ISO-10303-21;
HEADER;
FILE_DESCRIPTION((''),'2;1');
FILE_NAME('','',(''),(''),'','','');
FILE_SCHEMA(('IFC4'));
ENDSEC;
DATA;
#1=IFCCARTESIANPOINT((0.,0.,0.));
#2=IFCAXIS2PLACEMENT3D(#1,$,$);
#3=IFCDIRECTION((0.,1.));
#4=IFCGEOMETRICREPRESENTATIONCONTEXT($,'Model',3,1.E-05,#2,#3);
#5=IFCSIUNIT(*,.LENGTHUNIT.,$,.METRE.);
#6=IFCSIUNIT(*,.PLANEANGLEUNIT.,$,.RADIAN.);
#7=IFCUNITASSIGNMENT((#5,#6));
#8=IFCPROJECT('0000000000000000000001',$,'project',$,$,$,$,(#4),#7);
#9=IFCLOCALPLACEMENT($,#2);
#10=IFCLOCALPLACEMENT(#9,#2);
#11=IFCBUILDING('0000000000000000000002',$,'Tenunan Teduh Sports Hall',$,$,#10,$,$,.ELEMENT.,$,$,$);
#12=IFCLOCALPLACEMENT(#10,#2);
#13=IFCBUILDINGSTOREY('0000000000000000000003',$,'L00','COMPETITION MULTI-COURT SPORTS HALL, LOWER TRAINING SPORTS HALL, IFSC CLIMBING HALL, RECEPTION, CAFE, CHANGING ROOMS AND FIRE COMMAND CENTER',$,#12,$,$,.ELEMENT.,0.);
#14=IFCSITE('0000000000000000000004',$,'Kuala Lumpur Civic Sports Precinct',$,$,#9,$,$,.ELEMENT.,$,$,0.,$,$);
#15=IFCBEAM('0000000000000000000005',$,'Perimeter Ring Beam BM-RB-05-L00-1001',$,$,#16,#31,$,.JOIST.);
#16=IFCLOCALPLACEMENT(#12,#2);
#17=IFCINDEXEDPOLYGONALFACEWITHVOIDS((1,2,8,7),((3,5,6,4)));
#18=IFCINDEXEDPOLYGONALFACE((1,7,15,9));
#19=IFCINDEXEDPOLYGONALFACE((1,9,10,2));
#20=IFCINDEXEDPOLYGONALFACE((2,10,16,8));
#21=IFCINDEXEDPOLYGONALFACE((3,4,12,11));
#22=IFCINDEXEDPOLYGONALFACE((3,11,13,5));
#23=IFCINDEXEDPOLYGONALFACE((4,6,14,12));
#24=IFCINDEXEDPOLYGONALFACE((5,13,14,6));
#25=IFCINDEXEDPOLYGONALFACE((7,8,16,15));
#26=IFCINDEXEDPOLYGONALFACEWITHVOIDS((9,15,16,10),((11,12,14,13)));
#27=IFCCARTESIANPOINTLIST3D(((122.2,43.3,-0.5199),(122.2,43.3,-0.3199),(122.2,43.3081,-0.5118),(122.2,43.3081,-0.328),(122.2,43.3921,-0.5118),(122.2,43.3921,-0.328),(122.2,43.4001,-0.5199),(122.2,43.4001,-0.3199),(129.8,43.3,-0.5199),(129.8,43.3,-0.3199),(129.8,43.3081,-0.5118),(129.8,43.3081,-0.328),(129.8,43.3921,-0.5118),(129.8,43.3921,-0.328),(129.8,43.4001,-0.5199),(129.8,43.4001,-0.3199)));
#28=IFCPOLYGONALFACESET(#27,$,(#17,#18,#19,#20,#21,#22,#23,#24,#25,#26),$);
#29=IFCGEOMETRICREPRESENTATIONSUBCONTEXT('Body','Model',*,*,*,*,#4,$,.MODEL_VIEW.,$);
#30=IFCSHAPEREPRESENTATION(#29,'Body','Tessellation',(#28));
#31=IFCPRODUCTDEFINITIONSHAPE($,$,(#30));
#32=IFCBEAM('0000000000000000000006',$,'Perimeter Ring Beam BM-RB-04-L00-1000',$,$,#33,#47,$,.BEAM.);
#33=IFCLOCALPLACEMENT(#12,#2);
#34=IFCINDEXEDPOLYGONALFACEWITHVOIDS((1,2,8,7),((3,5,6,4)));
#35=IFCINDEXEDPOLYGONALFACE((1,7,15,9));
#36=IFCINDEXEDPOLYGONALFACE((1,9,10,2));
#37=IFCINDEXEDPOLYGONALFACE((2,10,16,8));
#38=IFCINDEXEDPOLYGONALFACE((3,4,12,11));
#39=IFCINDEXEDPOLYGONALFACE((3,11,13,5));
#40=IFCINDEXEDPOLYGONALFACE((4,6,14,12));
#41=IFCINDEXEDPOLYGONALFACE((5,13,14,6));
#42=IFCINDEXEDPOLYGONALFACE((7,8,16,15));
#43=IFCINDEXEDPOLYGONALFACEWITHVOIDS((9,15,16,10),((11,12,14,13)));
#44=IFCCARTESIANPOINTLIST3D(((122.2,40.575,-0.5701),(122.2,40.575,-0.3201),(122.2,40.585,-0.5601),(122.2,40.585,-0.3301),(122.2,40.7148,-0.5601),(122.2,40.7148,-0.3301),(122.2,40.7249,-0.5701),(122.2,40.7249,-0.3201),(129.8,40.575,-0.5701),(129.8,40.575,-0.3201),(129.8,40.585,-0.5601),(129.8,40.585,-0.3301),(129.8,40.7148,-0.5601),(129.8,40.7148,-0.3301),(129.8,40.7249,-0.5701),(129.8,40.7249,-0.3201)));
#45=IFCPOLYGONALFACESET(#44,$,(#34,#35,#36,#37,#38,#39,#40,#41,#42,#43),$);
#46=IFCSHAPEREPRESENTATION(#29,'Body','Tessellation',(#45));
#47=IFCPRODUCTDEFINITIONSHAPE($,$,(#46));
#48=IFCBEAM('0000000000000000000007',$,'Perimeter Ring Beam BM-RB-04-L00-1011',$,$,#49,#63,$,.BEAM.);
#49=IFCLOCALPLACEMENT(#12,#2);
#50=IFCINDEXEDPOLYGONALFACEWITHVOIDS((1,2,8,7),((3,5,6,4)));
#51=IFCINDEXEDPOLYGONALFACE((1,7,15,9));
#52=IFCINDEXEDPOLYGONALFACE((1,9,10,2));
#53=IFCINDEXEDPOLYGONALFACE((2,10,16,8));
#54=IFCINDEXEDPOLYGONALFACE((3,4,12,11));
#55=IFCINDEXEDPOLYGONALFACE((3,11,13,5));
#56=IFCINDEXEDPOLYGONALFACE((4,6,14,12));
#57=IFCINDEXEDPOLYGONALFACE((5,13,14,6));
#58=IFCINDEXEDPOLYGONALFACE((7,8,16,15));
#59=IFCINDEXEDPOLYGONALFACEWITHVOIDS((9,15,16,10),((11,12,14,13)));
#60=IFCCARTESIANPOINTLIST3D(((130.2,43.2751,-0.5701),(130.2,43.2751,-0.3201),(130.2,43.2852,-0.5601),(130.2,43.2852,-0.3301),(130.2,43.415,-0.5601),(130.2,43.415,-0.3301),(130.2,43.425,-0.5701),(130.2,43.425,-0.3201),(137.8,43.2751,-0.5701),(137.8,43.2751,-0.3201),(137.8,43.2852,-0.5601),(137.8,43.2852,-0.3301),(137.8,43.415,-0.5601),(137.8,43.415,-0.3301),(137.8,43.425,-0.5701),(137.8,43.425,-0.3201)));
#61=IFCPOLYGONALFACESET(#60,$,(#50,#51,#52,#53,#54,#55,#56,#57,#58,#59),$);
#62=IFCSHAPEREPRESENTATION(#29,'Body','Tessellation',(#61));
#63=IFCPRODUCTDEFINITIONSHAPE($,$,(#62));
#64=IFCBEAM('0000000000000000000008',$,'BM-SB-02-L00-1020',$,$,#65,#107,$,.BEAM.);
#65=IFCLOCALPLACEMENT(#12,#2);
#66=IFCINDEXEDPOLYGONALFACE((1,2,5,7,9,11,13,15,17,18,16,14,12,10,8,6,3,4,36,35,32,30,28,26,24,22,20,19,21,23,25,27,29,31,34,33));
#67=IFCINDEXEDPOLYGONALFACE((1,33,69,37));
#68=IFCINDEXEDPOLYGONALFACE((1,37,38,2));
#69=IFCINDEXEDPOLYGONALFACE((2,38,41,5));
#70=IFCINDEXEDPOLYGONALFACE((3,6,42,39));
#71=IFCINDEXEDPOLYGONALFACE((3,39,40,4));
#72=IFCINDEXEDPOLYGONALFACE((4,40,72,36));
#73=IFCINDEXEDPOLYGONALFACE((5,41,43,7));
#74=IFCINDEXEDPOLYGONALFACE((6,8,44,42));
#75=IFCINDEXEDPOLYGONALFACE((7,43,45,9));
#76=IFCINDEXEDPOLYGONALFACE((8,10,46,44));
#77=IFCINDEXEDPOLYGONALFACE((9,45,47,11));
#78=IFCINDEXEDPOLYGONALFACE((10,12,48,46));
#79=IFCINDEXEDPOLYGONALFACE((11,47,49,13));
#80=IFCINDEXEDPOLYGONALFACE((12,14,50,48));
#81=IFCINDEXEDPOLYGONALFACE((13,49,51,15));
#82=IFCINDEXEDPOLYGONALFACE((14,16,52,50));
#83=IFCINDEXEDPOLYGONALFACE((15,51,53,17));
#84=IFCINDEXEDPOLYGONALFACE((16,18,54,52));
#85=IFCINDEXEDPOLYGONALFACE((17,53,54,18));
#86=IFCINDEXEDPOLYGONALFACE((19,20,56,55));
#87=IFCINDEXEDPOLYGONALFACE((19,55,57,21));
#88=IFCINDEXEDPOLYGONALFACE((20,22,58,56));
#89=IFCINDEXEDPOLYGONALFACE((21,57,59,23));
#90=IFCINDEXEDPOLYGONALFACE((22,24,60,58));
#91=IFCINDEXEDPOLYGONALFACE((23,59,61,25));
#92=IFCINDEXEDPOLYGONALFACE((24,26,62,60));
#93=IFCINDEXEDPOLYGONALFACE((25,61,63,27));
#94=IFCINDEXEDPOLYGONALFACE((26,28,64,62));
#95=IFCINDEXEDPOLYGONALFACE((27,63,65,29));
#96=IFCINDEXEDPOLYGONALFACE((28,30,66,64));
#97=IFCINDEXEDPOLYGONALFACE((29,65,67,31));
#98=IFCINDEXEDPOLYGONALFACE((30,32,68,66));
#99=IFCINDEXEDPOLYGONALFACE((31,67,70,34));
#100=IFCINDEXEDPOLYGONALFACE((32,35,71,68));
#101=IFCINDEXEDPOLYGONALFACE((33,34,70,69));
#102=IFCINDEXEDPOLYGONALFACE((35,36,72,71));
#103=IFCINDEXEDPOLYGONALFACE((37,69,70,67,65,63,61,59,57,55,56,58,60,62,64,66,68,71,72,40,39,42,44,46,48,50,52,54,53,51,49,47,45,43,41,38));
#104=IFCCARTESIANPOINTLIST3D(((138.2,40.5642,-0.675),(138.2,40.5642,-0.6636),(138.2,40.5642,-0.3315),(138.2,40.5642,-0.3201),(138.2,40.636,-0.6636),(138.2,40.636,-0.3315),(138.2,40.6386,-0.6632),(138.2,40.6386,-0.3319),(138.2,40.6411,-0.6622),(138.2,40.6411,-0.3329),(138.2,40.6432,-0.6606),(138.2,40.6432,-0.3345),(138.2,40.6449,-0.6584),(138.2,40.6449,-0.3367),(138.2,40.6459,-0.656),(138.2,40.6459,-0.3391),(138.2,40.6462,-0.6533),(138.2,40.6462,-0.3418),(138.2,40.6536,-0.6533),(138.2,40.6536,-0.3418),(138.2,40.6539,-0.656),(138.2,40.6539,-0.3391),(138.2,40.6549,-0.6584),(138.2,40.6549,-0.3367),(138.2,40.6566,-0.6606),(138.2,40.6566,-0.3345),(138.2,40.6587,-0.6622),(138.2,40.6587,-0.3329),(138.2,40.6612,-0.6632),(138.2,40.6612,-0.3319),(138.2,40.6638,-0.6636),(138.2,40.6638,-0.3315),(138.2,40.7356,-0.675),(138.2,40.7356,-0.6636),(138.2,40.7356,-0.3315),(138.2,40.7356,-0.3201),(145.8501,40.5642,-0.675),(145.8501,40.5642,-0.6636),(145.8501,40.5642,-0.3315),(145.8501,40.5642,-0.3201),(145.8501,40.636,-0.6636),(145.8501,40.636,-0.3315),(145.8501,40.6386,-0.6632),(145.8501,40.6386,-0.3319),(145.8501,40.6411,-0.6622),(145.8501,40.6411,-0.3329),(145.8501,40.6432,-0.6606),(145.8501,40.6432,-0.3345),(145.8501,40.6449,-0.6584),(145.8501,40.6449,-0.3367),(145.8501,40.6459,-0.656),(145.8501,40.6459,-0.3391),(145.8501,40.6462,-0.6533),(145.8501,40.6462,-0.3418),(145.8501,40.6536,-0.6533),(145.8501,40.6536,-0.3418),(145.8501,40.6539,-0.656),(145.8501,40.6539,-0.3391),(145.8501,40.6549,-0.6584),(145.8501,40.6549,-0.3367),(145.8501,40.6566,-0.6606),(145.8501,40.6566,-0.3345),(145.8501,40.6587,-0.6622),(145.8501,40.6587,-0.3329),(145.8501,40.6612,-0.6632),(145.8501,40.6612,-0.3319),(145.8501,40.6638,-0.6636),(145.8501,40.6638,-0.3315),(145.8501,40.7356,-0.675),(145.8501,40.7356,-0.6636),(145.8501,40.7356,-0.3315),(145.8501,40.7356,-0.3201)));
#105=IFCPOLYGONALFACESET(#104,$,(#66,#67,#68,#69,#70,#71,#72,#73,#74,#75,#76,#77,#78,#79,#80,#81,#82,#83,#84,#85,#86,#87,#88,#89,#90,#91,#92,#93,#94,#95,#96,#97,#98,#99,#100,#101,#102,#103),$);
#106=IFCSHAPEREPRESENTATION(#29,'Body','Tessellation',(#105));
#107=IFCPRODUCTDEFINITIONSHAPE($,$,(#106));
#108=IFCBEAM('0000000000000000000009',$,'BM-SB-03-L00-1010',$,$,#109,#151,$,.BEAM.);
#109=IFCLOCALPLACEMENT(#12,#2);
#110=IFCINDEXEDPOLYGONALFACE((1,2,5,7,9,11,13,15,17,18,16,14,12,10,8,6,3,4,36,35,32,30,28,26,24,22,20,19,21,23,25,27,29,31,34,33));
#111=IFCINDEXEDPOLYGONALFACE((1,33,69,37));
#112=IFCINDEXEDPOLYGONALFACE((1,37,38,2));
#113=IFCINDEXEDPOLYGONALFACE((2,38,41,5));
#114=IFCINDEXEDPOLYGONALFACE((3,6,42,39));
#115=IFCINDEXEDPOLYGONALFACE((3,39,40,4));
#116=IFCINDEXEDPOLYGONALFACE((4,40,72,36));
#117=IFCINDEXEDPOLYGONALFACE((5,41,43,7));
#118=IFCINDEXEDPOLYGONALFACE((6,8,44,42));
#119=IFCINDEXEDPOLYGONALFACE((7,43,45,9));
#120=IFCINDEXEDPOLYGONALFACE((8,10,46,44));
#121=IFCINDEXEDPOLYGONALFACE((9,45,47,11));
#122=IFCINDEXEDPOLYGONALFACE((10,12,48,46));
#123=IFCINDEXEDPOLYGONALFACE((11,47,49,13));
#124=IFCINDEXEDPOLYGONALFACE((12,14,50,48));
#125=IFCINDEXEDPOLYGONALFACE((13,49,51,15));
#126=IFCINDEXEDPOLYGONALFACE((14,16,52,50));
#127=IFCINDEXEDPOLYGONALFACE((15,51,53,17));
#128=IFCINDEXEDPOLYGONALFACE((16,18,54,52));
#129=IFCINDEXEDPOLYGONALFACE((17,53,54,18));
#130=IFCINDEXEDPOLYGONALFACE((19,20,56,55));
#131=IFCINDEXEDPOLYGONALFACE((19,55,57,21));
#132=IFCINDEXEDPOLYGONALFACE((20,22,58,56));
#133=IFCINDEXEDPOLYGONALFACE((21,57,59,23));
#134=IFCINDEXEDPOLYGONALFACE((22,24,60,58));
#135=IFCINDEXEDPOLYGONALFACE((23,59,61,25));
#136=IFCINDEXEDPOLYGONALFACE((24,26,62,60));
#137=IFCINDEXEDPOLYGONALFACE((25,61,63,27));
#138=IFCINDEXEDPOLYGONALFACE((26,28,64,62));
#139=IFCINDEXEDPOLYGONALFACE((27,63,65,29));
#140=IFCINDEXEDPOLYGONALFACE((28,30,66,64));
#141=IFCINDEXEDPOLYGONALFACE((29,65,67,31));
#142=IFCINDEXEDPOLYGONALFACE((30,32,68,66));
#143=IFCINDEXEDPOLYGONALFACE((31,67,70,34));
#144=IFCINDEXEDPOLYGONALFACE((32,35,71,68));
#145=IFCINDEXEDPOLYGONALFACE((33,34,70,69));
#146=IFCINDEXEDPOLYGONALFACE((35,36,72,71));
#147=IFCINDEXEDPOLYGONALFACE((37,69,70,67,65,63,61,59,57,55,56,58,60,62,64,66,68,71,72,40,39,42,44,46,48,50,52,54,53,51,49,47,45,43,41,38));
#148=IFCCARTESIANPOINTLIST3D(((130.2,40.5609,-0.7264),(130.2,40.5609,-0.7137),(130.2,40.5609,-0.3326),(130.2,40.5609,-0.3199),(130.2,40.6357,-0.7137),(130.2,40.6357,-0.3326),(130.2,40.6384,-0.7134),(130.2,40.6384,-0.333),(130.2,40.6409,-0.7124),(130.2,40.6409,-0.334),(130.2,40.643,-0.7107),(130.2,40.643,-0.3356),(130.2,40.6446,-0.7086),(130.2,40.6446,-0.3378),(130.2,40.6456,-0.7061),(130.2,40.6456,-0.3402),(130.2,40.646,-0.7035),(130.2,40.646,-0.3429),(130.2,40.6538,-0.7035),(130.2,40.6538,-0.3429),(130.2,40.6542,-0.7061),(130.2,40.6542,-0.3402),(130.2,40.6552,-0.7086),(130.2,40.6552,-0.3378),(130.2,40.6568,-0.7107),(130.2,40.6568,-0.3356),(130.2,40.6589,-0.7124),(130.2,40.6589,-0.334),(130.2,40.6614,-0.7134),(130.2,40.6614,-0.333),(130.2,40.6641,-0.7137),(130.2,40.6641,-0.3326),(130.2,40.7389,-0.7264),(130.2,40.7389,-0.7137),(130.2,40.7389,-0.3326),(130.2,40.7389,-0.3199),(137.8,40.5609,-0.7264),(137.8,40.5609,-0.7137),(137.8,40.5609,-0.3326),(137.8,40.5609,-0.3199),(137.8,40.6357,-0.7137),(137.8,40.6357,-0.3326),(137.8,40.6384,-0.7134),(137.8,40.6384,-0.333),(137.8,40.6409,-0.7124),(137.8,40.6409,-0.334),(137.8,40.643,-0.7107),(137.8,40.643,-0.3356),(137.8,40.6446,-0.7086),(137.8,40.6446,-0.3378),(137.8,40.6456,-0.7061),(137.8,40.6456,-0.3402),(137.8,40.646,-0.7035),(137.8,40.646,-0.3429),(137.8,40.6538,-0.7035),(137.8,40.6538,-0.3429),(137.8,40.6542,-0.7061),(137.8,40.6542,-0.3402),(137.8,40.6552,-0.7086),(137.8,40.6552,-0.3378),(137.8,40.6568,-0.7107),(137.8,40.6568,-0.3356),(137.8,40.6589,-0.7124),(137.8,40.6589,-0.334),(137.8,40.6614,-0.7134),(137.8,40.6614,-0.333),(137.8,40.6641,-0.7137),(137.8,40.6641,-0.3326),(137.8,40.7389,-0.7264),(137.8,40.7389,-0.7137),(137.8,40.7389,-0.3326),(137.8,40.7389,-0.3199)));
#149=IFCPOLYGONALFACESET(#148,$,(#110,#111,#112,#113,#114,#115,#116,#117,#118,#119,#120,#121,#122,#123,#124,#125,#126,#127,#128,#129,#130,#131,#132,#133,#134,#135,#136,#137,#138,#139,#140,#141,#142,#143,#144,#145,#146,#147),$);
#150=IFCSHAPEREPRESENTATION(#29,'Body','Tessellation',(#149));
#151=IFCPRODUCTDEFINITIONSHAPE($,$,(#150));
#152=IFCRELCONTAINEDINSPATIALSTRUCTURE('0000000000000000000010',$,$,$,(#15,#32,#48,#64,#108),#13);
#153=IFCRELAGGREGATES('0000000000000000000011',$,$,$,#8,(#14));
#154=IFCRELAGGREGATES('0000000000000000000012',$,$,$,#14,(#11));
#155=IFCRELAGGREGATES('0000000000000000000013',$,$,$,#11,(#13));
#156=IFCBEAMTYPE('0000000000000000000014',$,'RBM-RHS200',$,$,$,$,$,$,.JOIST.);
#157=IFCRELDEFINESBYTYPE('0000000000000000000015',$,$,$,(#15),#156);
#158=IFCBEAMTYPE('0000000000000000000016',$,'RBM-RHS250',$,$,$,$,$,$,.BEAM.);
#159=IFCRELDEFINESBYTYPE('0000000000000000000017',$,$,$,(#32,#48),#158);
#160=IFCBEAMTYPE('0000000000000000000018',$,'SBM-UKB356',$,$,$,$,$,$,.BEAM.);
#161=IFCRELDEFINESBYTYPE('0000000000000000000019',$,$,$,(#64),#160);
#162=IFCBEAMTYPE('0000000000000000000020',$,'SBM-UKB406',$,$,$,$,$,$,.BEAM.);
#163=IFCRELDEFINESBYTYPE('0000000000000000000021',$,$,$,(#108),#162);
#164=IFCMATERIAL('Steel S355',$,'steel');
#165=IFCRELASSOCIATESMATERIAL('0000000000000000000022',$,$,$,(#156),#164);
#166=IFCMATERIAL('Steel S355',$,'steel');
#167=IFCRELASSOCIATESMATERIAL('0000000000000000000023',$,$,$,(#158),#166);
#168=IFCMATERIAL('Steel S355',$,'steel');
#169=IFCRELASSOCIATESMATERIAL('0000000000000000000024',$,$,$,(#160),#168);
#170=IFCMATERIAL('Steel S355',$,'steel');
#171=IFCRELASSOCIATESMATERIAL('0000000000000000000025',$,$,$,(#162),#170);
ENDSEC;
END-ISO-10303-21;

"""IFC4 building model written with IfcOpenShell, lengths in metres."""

from ifc_helpers import new_model, si_unit, direction, frame, origin, origin_2d, place, context, subcontext, project, spatial, hollow_rectangle, i_section, extrude, material, material_profile, profile_set, type_object, element, save


model = new_model("IFC4")

# Units and contexts
model_context = context("Model", 3, precision=1e-05, world=origin(), true_north=direction((0.0, 1.0)))
body_context = subcontext(model_context, "Body", "Model", "MODEL_VIEW")
ifc_project = project(units=[si_unit("LENGTHUNIT", "METRE"), si_unit("PLANEANGLEUNIT", "RADIAN")], contexts=[model_context])

# Site, building, storey
site_placement = place(None, origin())
site = spatial("IfcSite", under=ifc_project, at=site_placement, Name="Kuala Lumpur Civic Sports Precinct", CompositionType="ELEMENT", RefElevation=0.0)
building_placement = place(site_placement, origin())
building = spatial("IfcBuilding", under=site, at=building_placement, Name="Tenunan Teduh Sports Hall", CompositionType="ELEMENT")
storey_placement = place(building_placement, origin())
storey = spatial("IfcBuildingStorey", under=building, at=storey_placement, Name="L00", Description="COMPETITION MULTI-COURT SPORTS HALL, LOWER TRAINING SPORTS HALL, IFSC CLIMBING HALL, RECEPTION, CAFE, CHANGING ROOMS AND FIRE COMMAND CENTER", CompositionType="ELEMENT", Elevation=0.0)

# Beams
ifc_material_1 = material(Name="Steel S355", Category="steel")
ifc_material_profile_1 = material_profile(ifc_material_1, hollow_rectangle(XDim=0.1001, YDim=0.2, WallThickness=0.0081, at=origin_2d()), Name="RHS 200x100x8.0")
ifc_profile_set_1 = profile_set([ifc_material_profile_1], Name="Steel S355")
beam_type_1 = type_object("IfcBeamType", Name="RBM-RHS200", PredefinedType="JOIST", material=ifc_profile_set_1)
beam_1_placement = place(storey_placement, frame((122.2, 43.3501, -0.4199), z_axis=(1.0, 0.0, 0.0), x_axis=(0.0, 1.0, 0.0)))
element("IfcBeam", 1, at=beam_1_placement, inside=storey, type_object=beam_type_1, Name="Perimeter Ring Beam BM-RB-05-L00-1001", PredefinedType="JOIST", context=body_context, shape_type="SweptSolid", body=[
    extrude(hollow_rectangle(XDim=0.1001, YDim=0.2, WallThickness=0.0081, at=origin_2d()), origin(), (0.0, 0.0, 1.0), 7.6001),
])
ifc_material_2 = material(Name="Steel S355", Category="steel")
ifc_material_profile_2 = material_profile(ifc_material_2, hollow_rectangle(XDim=0.1499, YDim=0.25, WallThickness=0.01, at=origin_2d()), Name="RHS 250x150x10.0")
ifc_profile_set_2 = profile_set([ifc_material_profile_2], Name="Steel S355")
beam_type_2 = type_object("IfcBeamType", Name="RBM-RHS250", PredefinedType="BEAM", material=ifc_profile_set_2)
for number, where, z_axis, x_axis, name in (
    (2, (122.2, 40.6499, -0.4451), (1.0, 0.0, 0.0), (0.0, 1.0, 0.0), "Perimeter Ring Beam BM-RB-04-L00-1000"),
    (3, (130.2, 43.3501, -0.4451), (1.0, 0.0, 0.0), (0.0, 1.0, 0.0), "Perimeter Ring Beam BM-RB-04-L00-1011"),
):
    element("IfcBeam", number, at=place(storey_placement, frame(where, z_axis=z_axis, x_axis=x_axis)), inside=storey, type_object=beam_type_2, Name=name, PredefinedType="BEAM", context=body_context, shape_type="SweptSolid", body=[
        extrude(hollow_rectangle(XDim=0.1499, YDim=0.25, WallThickness=0.01, at=origin_2d()), origin(), (0.0, 0.0, 1.0), 7.6001),
    ])
ifc_material_3 = material(Name="Steel S355", Category="steel")
ifc_material_profile_3 = material_profile(ifc_material_3, i_section(OverallWidth=0.1714, OverallDepth=0.355, WebThickness=0.0073, FlangeThickness=0.0115, FilletRadius=0.0103, at=origin_2d()), Name="UKB 356x171x51")
ifc_profile_set_3 = profile_set([ifc_material_profile_3], Name="Steel S355")
beam_type_3 = type_object("IfcBeamType", Name="SBM-UKB356", PredefinedType="BEAM", material=ifc_profile_set_3)
beam_2_placement = place(storey_placement, frame((138.2, 40.6499, -0.4976), z_axis=(1.0, 0.0, 0.0), x_axis=(0.0, 1.0, 0.0)))
element("IfcBeam", 4, at=beam_2_placement, inside=storey, type_object=beam_type_3, Name="BM-SB-02-L00-1020", PredefinedType="BEAM", context=body_context, shape_type="SweptSolid", body=[
    extrude(i_section(OverallWidth=0.1714, OverallDepth=0.355, WebThickness=0.0073, FlangeThickness=0.0115, FilletRadius=0.0103, at=origin_2d()), origin(), (0.0, 0.0, 1.0), 7.6501),
])
ifc_material_4 = material(Name="Steel S355", Category="steel")
ifc_material_profile_4 = material_profile(ifc_material_4, i_section(OverallWidth=0.178, OverallDepth=0.4065, WebThickness=0.0078, FlangeThickness=0.0127, FilletRadius=0.0103, at=origin_2d()), Name="UKB 406x178x60")
ifc_profile_set_4 = profile_set([ifc_material_profile_4], Name="Steel S355")
beam_type_4 = type_object("IfcBeamType", Name="SBM-UKB406", PredefinedType="BEAM", material=ifc_profile_set_4)
beam_3_placement = place(storey_placement, frame((130.2, 40.6499, -0.5232), z_axis=(1.0, 0.0, 0.0), x_axis=(0.0, 1.0, 0.0)))
element("IfcBeam", 5, at=beam_3_placement, inside=storey, type_object=beam_type_4, Name="BM-SB-03-L00-1010", PredefinedType="BEAM", context=body_context, shape_type="SweptSolid", body=[
    extrude(i_section(OverallWidth=0.178, OverallDepth=0.4065, WebThickness=0.0078, FlangeThickness=0.0127, FilletRadius=0.0103, at=origin_2d()), origin(), (0.0, 0.0, 1.0), 7.6001),
])

save(model, "model.ifc")
